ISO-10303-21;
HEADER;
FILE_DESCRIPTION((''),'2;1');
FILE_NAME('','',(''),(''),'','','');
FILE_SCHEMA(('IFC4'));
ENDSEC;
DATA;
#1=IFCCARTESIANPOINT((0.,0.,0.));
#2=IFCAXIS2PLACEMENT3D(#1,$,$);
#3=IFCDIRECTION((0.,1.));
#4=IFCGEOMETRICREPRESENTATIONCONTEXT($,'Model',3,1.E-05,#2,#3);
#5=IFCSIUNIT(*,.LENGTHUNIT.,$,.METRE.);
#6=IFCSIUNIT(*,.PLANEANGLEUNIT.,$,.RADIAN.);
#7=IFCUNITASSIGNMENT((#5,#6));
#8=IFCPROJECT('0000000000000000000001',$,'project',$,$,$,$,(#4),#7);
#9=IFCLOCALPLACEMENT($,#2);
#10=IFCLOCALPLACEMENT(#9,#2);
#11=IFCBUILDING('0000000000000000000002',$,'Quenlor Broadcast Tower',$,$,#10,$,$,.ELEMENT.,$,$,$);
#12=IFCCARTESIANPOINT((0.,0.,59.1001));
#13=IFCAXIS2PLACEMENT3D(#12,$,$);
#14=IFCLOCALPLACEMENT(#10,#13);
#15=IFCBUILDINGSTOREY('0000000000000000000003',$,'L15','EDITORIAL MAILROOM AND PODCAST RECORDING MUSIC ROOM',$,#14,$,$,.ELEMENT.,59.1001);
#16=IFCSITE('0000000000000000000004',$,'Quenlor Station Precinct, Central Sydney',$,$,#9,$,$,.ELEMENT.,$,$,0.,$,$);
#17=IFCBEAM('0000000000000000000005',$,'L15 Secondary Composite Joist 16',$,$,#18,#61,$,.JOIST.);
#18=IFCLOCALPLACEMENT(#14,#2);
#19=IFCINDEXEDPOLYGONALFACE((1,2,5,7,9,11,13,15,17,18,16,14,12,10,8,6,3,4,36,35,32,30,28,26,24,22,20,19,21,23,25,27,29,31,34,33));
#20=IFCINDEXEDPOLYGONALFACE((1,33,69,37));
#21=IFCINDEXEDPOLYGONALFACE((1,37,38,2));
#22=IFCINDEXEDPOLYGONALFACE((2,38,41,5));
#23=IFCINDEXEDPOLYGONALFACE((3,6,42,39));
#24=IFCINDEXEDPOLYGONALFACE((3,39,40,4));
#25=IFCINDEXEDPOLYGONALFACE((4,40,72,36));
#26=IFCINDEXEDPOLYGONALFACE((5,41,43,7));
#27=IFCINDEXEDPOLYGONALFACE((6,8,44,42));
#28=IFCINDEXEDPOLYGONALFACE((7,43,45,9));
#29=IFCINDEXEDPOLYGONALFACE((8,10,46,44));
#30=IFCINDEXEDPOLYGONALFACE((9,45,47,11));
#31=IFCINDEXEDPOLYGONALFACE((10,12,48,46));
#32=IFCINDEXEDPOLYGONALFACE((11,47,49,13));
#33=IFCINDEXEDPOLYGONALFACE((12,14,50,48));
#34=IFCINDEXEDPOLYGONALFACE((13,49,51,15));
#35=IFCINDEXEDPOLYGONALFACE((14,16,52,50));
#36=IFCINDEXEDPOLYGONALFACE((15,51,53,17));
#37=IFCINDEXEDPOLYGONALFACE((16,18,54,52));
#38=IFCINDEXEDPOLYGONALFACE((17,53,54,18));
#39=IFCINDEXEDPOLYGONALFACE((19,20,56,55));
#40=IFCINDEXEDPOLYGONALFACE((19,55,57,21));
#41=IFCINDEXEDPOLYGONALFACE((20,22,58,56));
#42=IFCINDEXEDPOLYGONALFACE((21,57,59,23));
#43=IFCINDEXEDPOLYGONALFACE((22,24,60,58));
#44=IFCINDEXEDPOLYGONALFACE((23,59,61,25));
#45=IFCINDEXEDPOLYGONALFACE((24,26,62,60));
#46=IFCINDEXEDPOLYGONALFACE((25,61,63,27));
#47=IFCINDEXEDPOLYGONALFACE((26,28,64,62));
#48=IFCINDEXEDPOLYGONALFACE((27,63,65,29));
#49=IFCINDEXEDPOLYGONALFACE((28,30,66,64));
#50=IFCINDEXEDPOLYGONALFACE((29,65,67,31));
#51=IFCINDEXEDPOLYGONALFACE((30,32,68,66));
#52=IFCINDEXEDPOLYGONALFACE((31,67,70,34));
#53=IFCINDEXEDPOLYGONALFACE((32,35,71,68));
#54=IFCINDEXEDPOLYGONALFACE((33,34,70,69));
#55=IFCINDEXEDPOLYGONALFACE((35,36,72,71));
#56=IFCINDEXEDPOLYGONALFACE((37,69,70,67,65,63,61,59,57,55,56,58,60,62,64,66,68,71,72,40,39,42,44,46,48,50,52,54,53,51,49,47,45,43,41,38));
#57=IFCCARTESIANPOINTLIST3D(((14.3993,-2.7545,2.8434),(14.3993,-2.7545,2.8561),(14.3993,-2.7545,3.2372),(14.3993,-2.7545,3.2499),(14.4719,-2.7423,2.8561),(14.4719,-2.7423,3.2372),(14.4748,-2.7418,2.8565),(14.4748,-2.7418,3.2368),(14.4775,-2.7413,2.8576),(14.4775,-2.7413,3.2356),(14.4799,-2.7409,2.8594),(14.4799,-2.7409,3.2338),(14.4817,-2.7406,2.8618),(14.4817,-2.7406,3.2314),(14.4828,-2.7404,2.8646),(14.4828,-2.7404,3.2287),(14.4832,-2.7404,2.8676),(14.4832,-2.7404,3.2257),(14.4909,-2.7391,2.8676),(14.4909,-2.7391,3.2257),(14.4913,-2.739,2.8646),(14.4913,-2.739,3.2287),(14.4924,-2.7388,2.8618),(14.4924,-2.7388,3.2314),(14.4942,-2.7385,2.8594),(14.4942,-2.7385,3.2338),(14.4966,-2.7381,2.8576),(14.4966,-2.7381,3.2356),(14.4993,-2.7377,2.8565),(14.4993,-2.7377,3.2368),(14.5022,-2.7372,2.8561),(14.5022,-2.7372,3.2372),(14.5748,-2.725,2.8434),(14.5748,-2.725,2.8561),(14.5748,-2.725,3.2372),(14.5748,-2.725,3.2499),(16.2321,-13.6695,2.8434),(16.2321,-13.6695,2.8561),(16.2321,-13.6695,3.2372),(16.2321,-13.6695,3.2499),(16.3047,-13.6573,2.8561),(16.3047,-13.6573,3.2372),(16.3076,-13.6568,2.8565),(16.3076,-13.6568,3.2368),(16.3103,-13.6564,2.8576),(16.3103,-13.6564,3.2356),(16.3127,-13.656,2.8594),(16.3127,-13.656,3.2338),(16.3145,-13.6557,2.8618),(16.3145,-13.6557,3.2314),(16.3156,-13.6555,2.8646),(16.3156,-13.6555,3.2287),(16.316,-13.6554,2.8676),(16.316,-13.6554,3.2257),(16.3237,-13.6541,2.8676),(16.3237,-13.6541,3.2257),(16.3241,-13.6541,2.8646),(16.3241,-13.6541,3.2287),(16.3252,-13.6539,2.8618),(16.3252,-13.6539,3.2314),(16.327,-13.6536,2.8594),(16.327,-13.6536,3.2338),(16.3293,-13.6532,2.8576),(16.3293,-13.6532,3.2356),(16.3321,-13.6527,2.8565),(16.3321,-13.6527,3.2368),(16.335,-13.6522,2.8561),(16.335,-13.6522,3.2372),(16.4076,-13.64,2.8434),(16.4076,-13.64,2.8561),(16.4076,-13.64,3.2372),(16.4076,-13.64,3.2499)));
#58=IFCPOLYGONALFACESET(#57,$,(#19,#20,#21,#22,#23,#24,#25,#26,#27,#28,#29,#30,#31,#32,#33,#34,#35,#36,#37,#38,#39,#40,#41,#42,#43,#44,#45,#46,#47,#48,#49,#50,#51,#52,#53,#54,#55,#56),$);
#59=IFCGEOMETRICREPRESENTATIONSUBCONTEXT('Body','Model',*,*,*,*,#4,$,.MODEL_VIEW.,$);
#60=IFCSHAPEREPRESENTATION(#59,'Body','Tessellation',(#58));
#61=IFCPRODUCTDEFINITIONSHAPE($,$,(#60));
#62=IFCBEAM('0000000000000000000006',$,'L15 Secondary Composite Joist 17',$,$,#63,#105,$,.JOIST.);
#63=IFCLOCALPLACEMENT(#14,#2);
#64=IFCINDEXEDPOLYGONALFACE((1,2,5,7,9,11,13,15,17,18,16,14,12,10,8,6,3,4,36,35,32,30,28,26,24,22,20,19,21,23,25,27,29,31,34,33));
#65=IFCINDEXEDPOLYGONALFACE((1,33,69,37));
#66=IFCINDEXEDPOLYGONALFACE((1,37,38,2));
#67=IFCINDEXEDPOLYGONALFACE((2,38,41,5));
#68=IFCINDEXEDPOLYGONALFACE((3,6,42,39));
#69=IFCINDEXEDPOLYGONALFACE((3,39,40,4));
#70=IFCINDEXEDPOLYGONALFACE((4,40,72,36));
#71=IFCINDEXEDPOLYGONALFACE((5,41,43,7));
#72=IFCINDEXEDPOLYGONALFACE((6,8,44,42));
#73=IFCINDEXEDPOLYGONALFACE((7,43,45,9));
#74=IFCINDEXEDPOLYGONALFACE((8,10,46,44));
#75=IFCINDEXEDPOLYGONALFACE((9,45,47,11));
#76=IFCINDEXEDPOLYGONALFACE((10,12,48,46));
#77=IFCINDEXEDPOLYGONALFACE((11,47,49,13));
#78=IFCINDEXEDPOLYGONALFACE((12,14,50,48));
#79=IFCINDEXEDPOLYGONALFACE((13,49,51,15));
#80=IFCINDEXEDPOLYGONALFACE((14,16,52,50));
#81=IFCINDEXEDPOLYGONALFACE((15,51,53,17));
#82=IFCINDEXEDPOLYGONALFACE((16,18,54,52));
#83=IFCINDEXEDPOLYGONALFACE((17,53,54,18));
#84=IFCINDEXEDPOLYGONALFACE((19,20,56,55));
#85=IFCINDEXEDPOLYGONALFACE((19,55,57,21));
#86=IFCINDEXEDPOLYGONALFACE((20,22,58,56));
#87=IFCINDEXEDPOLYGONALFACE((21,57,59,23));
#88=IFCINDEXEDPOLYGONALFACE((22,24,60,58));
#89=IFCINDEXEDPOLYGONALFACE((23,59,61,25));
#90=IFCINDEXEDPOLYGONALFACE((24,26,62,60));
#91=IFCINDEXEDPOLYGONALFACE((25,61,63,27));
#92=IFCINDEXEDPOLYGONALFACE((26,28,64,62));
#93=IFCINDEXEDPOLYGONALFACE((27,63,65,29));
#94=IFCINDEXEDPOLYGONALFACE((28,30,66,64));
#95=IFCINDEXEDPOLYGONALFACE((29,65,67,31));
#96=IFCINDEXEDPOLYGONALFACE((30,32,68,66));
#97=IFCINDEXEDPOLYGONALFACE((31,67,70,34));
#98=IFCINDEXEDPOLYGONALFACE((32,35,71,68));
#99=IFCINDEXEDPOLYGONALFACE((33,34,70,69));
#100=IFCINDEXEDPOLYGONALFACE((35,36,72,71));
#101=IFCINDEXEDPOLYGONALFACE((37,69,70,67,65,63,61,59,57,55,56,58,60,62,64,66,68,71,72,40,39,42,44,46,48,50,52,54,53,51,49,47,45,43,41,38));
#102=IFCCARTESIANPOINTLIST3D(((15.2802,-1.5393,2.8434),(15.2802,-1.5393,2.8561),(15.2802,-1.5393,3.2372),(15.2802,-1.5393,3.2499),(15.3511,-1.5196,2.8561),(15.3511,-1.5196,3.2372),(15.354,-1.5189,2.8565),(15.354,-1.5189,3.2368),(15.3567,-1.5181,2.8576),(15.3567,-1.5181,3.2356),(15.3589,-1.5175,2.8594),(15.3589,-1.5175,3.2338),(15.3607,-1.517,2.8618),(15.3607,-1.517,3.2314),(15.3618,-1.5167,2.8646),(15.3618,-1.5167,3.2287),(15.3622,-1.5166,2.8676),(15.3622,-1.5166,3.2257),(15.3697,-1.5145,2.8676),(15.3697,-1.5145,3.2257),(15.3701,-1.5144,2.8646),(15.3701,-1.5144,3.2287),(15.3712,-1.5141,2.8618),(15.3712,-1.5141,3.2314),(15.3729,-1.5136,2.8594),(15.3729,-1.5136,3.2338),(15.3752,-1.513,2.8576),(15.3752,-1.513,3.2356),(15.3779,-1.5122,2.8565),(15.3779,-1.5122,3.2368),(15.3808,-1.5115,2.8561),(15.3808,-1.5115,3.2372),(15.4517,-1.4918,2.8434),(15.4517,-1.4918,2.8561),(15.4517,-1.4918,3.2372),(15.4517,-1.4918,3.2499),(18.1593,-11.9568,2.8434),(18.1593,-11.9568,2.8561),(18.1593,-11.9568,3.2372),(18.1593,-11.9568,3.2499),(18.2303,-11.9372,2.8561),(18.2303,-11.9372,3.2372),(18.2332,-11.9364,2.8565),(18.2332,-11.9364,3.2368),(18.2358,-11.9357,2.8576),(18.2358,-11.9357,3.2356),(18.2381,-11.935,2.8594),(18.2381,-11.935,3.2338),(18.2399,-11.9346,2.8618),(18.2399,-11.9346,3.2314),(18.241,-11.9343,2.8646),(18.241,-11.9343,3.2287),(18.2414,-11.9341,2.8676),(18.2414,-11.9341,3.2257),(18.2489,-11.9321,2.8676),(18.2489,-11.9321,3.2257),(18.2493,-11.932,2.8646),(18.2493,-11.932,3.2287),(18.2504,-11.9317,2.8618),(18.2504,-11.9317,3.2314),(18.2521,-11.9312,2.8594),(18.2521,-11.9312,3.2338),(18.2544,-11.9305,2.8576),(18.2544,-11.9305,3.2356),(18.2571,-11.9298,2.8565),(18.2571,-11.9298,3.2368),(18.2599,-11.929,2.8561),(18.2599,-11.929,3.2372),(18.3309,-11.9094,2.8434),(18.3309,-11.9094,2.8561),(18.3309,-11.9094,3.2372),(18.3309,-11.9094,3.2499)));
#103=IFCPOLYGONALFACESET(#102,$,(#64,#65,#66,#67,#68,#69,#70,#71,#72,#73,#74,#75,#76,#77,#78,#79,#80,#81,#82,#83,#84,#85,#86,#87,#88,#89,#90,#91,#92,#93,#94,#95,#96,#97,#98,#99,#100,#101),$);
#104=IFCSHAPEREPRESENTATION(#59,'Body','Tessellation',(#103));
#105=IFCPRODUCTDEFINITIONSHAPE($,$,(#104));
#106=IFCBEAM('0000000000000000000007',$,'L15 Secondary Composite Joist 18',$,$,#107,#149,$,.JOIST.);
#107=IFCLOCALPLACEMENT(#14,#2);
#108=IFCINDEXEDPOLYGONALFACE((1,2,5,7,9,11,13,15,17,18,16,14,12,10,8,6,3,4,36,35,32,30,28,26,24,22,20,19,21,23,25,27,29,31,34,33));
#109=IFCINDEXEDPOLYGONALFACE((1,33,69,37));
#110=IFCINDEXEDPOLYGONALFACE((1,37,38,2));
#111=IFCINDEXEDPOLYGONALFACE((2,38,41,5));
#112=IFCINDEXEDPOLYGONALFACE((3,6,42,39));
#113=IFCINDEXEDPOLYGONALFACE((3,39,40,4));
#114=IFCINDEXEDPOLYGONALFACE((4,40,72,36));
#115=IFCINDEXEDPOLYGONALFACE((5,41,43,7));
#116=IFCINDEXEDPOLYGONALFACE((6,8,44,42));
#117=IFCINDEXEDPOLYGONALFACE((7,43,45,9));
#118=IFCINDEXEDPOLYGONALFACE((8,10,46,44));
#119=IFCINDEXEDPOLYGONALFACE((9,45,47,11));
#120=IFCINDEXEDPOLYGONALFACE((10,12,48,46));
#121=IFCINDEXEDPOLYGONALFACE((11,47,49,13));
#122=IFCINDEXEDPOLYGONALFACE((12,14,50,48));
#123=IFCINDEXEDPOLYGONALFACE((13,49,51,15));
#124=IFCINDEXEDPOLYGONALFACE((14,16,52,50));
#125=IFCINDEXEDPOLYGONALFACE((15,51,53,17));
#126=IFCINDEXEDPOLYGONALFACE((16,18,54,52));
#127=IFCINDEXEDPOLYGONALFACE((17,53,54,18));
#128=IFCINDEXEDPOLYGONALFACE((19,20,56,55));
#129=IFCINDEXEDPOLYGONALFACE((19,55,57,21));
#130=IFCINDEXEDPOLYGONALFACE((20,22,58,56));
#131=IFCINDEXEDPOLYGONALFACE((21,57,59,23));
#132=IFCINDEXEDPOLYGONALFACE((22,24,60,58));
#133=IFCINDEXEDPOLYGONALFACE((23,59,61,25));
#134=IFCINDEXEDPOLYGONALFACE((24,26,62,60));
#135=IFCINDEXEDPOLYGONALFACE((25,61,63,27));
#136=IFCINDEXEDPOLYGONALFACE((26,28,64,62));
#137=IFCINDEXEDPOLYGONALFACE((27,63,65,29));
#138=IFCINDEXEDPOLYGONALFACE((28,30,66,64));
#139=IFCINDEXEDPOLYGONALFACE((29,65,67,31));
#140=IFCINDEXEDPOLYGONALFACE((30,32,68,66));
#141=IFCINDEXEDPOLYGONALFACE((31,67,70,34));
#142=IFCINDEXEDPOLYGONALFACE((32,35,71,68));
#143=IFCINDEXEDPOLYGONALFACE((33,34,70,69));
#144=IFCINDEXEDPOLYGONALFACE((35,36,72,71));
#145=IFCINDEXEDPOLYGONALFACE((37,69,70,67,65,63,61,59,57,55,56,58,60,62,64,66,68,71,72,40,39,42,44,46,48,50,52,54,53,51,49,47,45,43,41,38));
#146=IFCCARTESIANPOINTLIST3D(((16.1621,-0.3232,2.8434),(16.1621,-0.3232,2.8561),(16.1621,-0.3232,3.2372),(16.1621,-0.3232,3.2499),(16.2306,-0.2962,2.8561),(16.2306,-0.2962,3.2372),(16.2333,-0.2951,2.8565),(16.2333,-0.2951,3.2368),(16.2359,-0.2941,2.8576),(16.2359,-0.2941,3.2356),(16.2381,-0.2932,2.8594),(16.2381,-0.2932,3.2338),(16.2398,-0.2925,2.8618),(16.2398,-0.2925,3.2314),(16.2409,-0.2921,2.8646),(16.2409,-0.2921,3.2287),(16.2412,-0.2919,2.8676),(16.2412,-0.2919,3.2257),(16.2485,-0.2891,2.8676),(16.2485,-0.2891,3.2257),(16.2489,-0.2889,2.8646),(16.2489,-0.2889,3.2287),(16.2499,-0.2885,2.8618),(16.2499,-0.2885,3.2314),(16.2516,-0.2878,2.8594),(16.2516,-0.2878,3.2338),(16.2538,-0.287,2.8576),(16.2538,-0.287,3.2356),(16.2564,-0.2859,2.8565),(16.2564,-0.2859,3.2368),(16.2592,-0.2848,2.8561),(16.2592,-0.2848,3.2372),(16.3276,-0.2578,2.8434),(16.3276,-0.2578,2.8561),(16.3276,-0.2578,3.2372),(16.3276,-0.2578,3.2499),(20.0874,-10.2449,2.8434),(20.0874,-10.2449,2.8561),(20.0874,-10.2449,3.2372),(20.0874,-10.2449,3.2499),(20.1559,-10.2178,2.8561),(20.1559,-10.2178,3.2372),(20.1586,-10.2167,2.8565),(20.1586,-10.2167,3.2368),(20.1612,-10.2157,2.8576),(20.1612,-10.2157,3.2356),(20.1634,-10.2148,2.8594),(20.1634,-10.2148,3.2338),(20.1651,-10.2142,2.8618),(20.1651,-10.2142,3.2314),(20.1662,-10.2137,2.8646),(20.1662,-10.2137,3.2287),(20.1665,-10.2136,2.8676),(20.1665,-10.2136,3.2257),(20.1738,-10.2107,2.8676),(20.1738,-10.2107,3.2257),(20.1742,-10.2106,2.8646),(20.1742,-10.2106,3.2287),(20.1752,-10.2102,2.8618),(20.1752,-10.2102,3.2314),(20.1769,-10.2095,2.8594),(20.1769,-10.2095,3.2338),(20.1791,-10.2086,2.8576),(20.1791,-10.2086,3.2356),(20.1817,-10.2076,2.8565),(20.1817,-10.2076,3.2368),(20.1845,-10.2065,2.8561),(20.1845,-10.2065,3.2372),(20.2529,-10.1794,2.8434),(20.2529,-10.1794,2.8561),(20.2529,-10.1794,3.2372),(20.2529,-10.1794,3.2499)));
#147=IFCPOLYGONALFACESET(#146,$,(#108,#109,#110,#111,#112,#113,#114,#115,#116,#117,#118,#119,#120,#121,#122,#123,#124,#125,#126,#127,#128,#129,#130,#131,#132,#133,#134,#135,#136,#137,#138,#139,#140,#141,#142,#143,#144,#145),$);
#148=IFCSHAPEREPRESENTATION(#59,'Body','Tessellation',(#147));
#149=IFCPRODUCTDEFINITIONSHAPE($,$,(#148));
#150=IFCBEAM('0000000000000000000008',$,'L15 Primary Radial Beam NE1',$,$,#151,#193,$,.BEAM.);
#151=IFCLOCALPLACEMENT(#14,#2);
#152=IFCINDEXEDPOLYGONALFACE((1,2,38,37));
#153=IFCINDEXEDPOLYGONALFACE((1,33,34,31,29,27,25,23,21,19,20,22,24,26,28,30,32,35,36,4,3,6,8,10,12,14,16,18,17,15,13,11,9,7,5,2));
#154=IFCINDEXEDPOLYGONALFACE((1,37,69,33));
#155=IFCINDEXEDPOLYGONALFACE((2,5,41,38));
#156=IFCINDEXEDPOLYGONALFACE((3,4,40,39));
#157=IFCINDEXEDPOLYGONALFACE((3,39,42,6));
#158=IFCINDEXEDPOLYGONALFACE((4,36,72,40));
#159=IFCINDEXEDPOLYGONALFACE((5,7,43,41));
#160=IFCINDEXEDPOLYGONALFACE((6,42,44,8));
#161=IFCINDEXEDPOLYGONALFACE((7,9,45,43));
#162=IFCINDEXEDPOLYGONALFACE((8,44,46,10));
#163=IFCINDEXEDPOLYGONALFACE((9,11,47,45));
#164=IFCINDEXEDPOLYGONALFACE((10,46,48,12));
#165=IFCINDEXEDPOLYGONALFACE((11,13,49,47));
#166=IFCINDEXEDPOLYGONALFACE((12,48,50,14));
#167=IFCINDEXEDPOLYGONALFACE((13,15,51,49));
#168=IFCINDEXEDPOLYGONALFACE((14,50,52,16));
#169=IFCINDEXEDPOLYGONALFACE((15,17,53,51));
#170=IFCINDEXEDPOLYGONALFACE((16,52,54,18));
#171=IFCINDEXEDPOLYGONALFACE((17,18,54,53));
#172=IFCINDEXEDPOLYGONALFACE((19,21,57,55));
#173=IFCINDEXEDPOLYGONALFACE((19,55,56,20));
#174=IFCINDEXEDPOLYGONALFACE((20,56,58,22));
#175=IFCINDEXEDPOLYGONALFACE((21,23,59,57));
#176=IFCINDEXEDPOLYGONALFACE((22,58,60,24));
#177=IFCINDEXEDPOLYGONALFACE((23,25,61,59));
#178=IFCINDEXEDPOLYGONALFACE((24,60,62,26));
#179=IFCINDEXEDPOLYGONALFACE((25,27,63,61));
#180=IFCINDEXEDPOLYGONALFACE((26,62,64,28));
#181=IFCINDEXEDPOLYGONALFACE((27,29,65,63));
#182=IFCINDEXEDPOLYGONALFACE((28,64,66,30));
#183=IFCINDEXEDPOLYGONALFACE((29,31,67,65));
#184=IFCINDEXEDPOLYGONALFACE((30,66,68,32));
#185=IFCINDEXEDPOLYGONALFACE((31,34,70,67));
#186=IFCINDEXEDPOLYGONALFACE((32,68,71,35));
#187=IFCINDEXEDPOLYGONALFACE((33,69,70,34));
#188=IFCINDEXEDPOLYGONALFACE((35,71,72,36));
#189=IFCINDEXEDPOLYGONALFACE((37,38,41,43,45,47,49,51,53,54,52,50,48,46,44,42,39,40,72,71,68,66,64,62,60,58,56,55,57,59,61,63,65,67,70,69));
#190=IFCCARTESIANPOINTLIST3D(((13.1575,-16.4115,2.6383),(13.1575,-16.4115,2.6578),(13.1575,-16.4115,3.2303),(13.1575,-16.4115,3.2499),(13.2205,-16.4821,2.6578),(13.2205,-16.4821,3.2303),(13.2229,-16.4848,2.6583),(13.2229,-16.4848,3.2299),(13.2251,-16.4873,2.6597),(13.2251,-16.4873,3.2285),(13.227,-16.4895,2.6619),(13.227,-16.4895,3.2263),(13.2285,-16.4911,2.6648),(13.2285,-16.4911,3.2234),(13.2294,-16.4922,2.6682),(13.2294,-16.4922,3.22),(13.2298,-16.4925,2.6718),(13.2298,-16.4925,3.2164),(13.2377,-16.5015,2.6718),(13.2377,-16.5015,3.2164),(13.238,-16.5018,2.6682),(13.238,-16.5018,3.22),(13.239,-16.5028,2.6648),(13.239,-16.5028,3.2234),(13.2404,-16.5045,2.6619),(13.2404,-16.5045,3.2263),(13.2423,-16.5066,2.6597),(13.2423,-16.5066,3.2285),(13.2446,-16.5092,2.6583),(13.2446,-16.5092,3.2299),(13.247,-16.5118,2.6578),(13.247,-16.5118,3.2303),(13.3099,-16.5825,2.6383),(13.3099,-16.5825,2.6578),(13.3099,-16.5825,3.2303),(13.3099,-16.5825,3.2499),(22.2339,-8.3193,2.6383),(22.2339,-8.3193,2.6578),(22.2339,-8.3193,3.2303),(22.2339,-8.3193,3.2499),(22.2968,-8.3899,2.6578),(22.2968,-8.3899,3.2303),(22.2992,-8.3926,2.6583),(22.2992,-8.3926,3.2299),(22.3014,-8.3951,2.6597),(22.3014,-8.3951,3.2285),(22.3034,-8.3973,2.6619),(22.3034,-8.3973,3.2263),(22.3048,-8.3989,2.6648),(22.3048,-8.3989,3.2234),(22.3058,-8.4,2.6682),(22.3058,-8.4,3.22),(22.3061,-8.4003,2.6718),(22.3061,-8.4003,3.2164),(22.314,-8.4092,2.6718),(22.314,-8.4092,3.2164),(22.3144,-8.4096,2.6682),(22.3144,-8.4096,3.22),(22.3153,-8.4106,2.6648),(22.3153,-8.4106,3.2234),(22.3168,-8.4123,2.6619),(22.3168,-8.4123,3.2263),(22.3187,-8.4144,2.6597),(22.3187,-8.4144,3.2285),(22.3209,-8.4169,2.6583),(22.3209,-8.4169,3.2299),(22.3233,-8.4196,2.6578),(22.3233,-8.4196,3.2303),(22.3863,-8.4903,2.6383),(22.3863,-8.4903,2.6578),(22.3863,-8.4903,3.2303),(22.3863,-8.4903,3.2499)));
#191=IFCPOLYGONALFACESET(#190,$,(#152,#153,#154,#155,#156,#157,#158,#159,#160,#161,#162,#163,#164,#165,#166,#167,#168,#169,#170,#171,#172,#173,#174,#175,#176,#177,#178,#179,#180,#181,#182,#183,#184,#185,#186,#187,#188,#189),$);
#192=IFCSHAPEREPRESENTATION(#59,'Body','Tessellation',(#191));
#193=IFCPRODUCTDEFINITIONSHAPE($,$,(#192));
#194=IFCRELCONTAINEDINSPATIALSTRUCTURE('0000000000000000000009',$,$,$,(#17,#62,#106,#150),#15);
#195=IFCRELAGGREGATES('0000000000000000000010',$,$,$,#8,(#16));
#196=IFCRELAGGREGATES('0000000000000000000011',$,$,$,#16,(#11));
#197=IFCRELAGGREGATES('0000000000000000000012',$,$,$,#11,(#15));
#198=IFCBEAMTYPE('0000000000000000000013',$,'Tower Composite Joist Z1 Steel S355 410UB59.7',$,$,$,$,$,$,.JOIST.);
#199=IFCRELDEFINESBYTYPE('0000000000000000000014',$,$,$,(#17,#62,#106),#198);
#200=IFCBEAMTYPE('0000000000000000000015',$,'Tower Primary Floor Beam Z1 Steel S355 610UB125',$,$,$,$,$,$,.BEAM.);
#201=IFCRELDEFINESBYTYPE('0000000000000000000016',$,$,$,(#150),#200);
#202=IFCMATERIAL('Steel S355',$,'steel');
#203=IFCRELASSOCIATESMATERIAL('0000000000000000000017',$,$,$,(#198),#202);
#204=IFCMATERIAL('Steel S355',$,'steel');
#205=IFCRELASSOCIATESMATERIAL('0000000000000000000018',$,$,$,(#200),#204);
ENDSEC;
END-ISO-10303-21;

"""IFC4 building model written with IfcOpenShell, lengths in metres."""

from ifc_helpers import new_model, si_unit, direction, frame, origin, origin_2d, place, context, subcontext, project, spatial, i_section, extrude, material, material_profile, profile_set, type_object, element, save


model = new_model("IFC4")

# Units and contexts
model_context = context("Model", 3, precision=1e-05, world=origin(), true_north=direction((0.0, 1.0)))
body_context = subcontext(model_context, "Body", "Model", "MODEL_VIEW")
ifc_project = project(units=[si_unit("LENGTHUNIT", "METRE"), si_unit("PLANEANGLEUNIT", "RADIAN")], contexts=[model_context])

# Site, building, storey
site_placement = place(None, origin())
site = spatial("IfcSite", under=ifc_project, at=site_placement, Name="Quenlor Station Precinct, Central Sydney", CompositionType="ELEMENT", RefElevation=0.0)
building_placement = place(site_placement, origin())
building = spatial("IfcBuilding", under=site, at=building_placement, Name="Quenlor Broadcast Tower", CompositionType="ELEMENT")
storey_placement = place(building_placement, frame((0.0, 0.0, 59.1001)))
storey = spatial("IfcBuildingStorey", under=building, at=storey_placement, Name="L15", Description="EDITORIAL MAILROOM AND PODCAST RECORDING MUSIC ROOM", CompositionType="ELEMENT", Elevation=59.1001)

# Beams
ifc_material_1 = material(Name="Steel S355", Category="steel")
ifc_material_profile_1 = material_profile(ifc_material_1, i_section(OverallWidth=0.178, OverallDepth=0.4065, WebThickness=0.0078, FlangeThickness=0.0127, FilletRadius=0.0115, at=origin_2d()))
ifc_profile_set_1 = profile_set([ifc_material_profile_1], Name="Steel S355 410UB59.7")
beam_type_1 = type_object("IfcBeamType", Name="Tower Composite Joist Z1 Steel S355 410UB59.7", PredefinedType="JOIST", material=ifc_profile_set_1)
beam_1_placement = place(storey_placement, frame((16.3198, -13.6548, 3.0466), z_axis=(-0.165594, 0.986194, 0.0), x_axis=(-0.986194, -0.165594, 0.0)))
element("IfcBeam", 1, at=beam_1_placement, inside=storey, type_object=beam_type_1, Name="L15 Secondary Composite Joist 16", PredefinedType="JOIST", context=body_context, shape_type="SweptSolid", body=[
    extrude(i_section(OverallWidth=0.178, OverallDepth=0.4065, WebThickness=0.0078, FlangeThickness=0.0127, FilletRadius=0.0115, at=origin_2d()), origin(), (0.0, 0.0, 1.0), 11.0679),
])
beam_2_placement = place(storey_placement, frame((18.2451, -11.9331, 3.0466), z_axis=(-0.26639, 0.963865, 0.0), x_axis=(-0.963865, -0.26639, 0.0)))
element("IfcBeam", 2, at=beam_2_placement, inside=storey, type_object=beam_type_1, Name="L15 Secondary Composite Joist 17", PredefinedType="JOIST", context=body_context, shape_type="SweptSolid", body=[
    extrude(i_section(OverallWidth=0.178, OverallDepth=0.4065, WebThickness=0.0078, FlangeThickness=0.0127, FilletRadius=0.0115, at=origin_2d()), origin(), (0.0, 0.0, 1.0), 10.8081),
])
beam_3_placement = place(storey_placement, frame((20.1702, -10.2122, 3.0466), z_axis=(-0.367885, 0.929871, 0.0), x_axis=(-0.929871, -0.367885, 0.0)))
element("IfcBeam", 3, at=beam_3_placement, inside=storey, type_object=beam_type_1, Name="L15 Secondary Composite Joist 18", PredefinedType="JOIST", context=body_context, shape_type="SweptSolid", body=[
    extrude(i_section(OverallWidth=0.178, OverallDepth=0.4065, WebThickness=0.0078, FlangeThickness=0.0127, FilletRadius=0.0115, at=origin_2d()), origin(), (0.0, 0.0, 1.0), 10.6699),
])
ifc_material_2 = material(Name="Steel S355", Category="steel")
ifc_material_profile_2 = material_profile(ifc_material_2, i_section(OverallWidth=0.229, OverallDepth=0.6116, WebThickness=0.012, FlangeThickness=0.0195, FilletRadius=0.0139, at=origin_2d()))
ifc_profile_set_2 = profile_set([ifc_material_profile_2], Name="Steel S355 610UB125")
beam_type_2 = type_object("IfcBeamType", Name="Tower Primary Floor Beam Z1 Steel S355 610UB125", PredefinedType="BEAM", material=ifc_profile_set_2)
beam_4_placement = place(storey_placement, frame((22.3101, -8.4048, 2.9441), z_axis=(-0.746414, -0.665482, 0.0), x_axis=(0.665482, -0.746414, 0.0)))
element("IfcBeam", 4, at=beam_4_placement, inside=storey, type_object=beam_type_2, Name="L15 Primary Radial Beam NE1", PredefinedType="BEAM", context=body_context, shape_type="SweptSolid", body=[
    extrude(i_section(OverallWidth=0.229, OverallDepth=0.6116, WebThickness=0.012, FlangeThickness=0.0195, FilletRadius=0.0139, at=origin_2d()), origin(), (0.0, 0.0, 1.0), 12.1599),
])

save(model, "model.ifc")
